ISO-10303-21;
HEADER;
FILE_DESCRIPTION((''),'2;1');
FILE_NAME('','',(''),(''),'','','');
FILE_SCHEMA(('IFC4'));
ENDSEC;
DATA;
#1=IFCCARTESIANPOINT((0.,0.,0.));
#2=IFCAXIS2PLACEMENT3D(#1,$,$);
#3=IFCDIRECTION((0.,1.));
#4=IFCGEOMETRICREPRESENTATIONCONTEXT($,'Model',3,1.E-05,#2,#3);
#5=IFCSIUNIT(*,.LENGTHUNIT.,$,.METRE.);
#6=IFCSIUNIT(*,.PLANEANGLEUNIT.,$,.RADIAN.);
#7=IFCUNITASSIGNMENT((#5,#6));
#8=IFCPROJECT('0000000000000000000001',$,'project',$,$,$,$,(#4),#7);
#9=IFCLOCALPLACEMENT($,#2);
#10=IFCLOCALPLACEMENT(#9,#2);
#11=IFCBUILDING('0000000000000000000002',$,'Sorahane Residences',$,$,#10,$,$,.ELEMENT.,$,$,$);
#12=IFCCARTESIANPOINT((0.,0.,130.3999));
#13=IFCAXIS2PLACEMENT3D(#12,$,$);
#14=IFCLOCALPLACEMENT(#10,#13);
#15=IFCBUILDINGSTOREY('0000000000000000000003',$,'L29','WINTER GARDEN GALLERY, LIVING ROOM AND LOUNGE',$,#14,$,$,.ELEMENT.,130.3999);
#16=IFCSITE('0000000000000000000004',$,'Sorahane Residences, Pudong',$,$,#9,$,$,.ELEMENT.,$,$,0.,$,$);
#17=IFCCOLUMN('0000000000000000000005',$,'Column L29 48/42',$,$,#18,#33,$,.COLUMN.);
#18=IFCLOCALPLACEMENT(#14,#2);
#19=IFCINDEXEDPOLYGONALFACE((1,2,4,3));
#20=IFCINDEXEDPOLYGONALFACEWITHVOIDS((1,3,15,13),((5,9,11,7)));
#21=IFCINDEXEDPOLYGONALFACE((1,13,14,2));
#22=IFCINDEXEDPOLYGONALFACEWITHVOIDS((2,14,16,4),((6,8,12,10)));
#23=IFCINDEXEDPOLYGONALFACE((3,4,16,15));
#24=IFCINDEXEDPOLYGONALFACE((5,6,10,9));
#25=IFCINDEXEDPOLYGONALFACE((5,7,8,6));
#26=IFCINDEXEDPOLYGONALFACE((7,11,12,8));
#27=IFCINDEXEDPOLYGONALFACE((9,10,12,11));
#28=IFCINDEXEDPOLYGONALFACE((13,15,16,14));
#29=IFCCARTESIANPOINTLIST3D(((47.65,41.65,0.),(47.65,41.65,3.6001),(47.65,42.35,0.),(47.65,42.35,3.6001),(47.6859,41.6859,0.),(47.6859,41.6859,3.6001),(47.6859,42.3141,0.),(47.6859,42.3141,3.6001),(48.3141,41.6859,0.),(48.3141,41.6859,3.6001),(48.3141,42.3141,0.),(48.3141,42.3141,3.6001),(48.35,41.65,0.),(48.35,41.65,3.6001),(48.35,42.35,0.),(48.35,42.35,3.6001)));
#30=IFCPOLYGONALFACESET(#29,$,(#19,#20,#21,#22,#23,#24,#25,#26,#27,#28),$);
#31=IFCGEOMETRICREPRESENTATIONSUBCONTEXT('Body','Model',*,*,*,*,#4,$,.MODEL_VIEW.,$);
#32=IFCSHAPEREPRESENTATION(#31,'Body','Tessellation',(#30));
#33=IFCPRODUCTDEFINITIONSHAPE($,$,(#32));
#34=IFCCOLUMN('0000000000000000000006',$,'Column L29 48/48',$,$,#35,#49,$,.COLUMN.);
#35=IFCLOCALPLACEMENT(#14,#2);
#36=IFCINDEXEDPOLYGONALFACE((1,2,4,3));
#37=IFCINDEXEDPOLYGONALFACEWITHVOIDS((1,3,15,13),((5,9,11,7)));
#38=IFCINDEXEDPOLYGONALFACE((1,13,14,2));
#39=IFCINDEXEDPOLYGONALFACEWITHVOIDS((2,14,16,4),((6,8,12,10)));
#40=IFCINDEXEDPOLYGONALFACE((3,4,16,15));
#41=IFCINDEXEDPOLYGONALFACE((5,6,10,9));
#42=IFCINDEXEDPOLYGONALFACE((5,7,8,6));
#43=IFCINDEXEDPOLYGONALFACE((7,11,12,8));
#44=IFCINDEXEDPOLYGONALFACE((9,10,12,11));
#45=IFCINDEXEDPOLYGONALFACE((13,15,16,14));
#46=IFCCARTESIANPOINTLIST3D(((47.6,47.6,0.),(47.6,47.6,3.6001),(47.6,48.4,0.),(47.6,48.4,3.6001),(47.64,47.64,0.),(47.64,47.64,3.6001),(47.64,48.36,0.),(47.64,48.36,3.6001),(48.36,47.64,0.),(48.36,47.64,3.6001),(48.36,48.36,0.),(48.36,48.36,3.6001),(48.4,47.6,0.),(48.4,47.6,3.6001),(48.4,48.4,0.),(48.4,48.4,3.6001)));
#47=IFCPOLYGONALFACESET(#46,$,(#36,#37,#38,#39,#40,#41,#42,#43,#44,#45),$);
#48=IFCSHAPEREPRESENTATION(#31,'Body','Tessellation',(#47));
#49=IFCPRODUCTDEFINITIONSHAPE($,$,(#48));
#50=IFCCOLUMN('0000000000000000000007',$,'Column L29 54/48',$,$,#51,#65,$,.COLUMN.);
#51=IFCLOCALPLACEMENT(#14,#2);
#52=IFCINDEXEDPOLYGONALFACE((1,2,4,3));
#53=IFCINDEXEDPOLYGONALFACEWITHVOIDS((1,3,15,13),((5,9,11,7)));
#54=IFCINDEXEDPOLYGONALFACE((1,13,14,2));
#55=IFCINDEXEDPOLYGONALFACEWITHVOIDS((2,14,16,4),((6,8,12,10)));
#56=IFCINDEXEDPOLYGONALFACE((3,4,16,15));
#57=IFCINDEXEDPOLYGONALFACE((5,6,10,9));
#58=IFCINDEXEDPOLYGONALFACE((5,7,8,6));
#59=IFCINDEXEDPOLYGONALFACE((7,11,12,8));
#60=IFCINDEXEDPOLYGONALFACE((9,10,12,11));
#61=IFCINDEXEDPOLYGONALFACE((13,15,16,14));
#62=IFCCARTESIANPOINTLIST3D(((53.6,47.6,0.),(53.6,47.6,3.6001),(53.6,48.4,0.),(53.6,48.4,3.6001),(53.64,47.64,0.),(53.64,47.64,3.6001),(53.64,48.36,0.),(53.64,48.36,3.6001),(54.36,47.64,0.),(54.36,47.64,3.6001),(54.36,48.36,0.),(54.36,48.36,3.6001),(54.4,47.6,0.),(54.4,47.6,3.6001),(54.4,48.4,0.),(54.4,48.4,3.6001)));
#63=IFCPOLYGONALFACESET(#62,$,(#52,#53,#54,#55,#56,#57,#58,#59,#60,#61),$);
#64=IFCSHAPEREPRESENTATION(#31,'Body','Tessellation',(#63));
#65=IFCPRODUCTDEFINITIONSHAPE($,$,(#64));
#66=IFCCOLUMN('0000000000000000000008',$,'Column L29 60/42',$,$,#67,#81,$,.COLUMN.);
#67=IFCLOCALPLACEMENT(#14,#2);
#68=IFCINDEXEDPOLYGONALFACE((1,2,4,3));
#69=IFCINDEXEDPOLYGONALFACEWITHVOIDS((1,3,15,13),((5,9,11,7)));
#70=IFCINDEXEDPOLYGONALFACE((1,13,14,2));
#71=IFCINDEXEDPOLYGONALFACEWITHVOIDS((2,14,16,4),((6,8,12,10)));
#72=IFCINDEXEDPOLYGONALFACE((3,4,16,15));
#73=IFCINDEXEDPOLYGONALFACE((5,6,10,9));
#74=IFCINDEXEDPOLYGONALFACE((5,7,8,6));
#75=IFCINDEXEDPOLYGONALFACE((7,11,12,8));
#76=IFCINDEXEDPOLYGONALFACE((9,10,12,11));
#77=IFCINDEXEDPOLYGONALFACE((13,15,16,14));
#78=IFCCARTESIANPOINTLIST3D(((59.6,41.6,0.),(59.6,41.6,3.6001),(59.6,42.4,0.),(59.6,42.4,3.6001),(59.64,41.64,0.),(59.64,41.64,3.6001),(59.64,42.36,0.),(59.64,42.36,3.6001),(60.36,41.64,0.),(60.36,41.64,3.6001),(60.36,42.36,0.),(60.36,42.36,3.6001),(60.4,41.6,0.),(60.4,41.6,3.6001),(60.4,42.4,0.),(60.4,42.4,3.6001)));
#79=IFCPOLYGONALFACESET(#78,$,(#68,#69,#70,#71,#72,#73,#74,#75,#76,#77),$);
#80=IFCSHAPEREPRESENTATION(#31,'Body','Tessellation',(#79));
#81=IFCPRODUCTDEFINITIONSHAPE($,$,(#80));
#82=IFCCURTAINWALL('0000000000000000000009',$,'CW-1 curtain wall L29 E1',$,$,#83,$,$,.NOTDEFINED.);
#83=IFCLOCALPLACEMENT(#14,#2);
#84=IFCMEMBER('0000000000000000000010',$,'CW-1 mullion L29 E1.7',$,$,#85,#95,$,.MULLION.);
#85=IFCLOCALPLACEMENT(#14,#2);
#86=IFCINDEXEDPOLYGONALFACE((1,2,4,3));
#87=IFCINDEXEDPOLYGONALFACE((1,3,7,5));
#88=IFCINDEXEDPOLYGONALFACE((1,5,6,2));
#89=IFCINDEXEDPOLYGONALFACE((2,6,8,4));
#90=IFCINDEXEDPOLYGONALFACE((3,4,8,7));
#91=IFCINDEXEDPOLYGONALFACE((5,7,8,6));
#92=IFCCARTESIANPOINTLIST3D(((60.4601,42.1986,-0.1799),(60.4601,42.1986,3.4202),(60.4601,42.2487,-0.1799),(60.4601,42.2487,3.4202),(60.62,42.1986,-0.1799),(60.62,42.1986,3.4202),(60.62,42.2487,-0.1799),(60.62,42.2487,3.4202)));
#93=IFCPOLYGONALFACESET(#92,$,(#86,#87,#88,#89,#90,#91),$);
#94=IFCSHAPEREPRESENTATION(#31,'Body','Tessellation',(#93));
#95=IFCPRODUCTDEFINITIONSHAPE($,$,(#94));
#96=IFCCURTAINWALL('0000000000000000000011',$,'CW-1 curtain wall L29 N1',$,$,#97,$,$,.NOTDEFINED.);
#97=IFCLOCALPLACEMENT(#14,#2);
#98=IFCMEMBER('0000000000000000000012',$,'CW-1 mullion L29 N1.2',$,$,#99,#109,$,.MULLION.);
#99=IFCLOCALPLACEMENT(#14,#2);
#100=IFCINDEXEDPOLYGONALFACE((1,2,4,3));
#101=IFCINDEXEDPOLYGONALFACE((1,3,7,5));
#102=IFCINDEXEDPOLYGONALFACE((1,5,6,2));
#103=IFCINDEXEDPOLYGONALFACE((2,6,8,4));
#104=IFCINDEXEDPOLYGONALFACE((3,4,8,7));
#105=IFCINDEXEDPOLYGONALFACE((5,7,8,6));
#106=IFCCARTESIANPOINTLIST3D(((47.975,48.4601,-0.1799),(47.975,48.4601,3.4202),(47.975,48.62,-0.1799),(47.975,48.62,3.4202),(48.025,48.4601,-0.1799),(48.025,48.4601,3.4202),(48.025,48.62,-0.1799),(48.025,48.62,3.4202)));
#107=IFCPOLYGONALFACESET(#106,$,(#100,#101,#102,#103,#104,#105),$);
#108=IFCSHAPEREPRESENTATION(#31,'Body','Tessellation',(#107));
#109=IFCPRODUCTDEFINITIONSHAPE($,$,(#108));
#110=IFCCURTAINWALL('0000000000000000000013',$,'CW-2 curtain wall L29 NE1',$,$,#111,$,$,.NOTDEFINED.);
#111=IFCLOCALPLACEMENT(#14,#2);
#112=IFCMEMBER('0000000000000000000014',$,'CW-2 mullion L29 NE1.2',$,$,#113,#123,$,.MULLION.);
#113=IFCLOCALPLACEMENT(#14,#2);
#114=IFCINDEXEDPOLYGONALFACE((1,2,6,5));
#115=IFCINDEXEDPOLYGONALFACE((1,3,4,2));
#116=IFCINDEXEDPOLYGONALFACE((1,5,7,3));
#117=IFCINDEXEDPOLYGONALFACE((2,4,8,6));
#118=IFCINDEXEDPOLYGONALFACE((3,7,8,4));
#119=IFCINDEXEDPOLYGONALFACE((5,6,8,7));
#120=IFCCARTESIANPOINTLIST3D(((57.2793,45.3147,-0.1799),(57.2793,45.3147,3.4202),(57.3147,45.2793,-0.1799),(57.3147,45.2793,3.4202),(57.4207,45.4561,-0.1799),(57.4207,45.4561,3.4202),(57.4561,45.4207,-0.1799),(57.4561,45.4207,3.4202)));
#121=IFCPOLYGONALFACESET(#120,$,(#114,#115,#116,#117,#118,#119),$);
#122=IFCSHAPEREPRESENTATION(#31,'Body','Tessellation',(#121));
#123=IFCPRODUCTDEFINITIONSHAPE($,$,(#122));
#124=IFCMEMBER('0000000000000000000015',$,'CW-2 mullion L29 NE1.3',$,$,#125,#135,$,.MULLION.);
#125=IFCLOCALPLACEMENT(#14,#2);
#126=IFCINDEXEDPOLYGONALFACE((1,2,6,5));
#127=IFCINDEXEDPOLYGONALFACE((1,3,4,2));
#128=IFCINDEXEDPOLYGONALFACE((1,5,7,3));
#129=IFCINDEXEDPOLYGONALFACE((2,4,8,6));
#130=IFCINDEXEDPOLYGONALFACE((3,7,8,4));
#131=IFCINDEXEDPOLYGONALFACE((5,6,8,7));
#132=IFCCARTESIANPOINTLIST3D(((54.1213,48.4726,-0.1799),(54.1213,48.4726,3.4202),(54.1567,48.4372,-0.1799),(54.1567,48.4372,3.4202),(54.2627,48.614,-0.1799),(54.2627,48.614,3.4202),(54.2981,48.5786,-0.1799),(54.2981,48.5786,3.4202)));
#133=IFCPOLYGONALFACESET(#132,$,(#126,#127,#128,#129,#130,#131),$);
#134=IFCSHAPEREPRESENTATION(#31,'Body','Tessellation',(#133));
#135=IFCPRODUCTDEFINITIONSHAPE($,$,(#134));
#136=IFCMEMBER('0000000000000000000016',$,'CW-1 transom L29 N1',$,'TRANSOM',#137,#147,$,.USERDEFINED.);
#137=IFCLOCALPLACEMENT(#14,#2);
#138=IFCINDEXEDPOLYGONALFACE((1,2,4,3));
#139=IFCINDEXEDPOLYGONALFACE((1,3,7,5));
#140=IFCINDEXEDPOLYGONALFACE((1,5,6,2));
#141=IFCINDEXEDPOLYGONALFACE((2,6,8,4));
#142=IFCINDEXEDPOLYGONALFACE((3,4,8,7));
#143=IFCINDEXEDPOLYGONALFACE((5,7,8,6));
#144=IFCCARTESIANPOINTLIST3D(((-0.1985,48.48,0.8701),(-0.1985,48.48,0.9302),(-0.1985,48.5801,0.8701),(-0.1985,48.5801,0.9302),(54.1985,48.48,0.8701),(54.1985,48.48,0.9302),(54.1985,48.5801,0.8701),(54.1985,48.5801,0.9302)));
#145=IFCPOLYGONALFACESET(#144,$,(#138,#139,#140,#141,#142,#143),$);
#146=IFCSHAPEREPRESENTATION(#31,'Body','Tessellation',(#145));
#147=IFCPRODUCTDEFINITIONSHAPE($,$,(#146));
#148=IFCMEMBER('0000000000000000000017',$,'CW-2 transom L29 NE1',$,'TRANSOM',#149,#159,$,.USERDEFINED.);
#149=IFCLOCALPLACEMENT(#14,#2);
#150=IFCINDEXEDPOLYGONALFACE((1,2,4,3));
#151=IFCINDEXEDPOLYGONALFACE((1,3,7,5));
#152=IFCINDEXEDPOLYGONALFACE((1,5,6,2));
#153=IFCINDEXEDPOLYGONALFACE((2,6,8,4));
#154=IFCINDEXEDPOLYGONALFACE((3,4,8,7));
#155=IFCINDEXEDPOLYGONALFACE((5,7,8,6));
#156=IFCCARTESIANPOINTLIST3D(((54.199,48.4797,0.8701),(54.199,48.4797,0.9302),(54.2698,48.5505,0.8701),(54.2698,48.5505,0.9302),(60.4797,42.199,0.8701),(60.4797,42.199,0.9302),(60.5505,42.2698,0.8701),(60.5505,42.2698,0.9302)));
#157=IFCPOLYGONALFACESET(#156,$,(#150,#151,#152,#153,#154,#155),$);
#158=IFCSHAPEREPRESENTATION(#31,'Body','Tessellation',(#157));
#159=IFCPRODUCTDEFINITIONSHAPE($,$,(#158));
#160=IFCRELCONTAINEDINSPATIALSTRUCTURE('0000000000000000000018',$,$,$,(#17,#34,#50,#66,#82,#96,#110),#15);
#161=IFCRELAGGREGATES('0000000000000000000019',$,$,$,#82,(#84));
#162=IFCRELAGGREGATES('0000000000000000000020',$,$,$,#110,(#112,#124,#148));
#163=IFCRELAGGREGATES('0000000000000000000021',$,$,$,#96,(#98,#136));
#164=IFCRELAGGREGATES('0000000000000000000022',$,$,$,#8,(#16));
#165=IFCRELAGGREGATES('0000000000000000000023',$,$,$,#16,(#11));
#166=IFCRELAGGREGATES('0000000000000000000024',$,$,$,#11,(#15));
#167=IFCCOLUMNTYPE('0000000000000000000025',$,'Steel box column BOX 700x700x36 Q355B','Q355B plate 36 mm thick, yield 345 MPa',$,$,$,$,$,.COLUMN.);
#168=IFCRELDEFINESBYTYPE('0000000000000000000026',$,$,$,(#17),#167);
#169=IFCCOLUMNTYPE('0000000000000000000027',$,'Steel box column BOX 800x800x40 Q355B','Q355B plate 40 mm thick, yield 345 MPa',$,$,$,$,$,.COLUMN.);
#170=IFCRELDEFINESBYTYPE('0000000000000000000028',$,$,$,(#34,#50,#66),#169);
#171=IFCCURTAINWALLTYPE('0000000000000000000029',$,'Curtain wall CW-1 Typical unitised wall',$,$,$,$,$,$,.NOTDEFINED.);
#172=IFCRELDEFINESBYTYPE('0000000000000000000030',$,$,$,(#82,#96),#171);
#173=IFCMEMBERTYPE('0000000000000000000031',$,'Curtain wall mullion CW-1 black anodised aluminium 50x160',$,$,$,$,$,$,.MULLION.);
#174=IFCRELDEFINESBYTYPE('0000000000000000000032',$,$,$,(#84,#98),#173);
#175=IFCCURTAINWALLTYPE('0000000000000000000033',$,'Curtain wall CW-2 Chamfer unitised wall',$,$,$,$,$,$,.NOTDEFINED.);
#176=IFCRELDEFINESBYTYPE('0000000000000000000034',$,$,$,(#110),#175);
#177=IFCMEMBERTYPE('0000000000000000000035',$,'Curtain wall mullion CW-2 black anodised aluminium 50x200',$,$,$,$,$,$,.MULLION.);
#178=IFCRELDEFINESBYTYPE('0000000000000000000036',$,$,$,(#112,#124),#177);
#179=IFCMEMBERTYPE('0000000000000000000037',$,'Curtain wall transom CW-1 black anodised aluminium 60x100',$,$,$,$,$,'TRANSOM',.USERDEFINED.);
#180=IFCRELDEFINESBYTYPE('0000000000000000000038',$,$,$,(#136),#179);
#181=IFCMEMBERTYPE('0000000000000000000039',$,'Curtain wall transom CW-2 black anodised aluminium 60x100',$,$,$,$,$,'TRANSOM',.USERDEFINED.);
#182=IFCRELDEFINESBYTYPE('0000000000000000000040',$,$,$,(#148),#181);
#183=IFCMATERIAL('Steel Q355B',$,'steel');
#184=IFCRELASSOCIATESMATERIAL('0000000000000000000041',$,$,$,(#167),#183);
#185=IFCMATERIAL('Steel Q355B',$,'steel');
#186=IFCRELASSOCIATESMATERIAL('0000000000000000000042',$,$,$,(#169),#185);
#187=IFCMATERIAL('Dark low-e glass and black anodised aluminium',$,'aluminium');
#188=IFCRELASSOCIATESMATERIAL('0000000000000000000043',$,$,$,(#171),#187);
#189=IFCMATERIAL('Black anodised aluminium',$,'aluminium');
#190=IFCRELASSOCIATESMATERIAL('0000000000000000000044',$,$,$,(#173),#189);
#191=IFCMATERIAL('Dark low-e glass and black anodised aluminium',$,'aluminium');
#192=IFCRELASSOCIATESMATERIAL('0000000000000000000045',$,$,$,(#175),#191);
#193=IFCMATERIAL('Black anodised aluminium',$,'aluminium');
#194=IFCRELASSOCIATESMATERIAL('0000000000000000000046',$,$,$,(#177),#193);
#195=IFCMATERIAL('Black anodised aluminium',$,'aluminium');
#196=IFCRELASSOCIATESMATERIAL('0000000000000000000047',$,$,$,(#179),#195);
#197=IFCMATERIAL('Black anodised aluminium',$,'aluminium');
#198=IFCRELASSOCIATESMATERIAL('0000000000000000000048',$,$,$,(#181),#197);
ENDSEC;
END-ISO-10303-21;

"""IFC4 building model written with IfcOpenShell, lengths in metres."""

from ifc_helpers import new_model, si_unit, direction, frame, origin, origin_2d, place, context, subcontext, project, spatial, rectangle, hollow_rectangle, extrude, material, material_profile, profile_set, type_object, element, aggregate, save


model = new_model("IFC4")

# Units and contexts
model_context = context("Model", 3, precision=1e-05, world=origin(), true_north=direction((0.0, 1.0)))
body_context = subcontext(model_context, "Body", "Model", "MODEL_VIEW")
ifc_project = project(units=[si_unit("LENGTHUNIT", "METRE"), si_unit("PLANEANGLEUNIT", "RADIAN")], contexts=[model_context])

# Site, building, storey
site_placement = place(None, origin())
site = spatial("IfcSite", under=ifc_project, at=site_placement, Name="Sorahane Residences, Pudong", CompositionType="ELEMENT", RefElevation=0.0)
building_placement = place(site_placement, origin())
building = spatial("IfcBuilding", under=site, at=building_placement, Name="Sorahane Residences", CompositionType="ELEMENT")
storey_placement = place(building_placement, frame((0.0, 0.0, 130.3999)))
storey = spatial("IfcBuildingStorey", under=building, at=storey_placement, Name="L29", Description="WINTER GARDEN GALLERY, LIVING ROOM AND LOUNGE", CompositionType="ELEMENT", Elevation=130.3999)

# Columns
ifc_material_1 = material(Name="Steel Q355B", Category="steel")
ifc_material_profile_1 = material_profile(ifc_material_1, hollow_rectangle(XDim=0.7, YDim=0.7, WallThickness=0.0359, at=origin_2d()), Name="BOX 700x700x36")
ifc_profile_set_1 = profile_set([ifc_material_profile_1], Name="Steel Q355B")
column_type_1 = type_object("IfcColumnType", Name="Steel box column BOX 700x700x36 Q355B", Description="Q355B plate 36 mm thick, yield 345 MPa", PredefinedType="COLUMN", material=ifc_profile_set_1)
column_placement = place(storey_placement, frame((48.0, 42.0, 0.0), z_axis=(0.0, 0.0, 1.0), x_axis=(1.0, 0.0, 0.0)))
element("IfcColumn", 1, at=column_placement, inside=storey, type_object=column_type_1, Name="Column L29 48/42", PredefinedType="COLUMN", context=body_context, shape_type="SweptSolid", body=[
    extrude(hollow_rectangle(XDim=0.7, YDim=0.7, WallThickness=0.0359, at=origin_2d()), origin(), (0.0, 0.0, 1.0), 3.6001),
])
ifc_material_2 = material(Name="Steel Q355B", Category="steel")
ifc_material_profile_2 = material_profile(ifc_material_2, hollow_rectangle(XDim=0.8, YDim=0.8, WallThickness=0.04, at=origin_2d()), Name="BOX 800x800x40")
ifc_profile_set_2 = profile_set([ifc_material_profile_2], Name="Steel Q355B")
column_type_2 = type_object("IfcColumnType", Name="Steel box column BOX 800x800x40 Q355B", Description="Q355B plate 40 mm thick, yield 345 MPa", PredefinedType="COLUMN", material=ifc_profile_set_2)
for number, where, z_axis, x_axis, name in (
    (2, (48.0, 48.0, 0.0), (0.0, 0.0, 1.0), (1.0, 0.0, 0.0), "Column L29 48/48"),
    (3, (54.0, 48.0, 0.0), (0.0, 0.0, 1.0), (1.0, 0.0, 0.0), "Column L29 54/48"),
    (4, (60.0, 42.0, 0.0), (0.0, 0.0, 1.0), (1.0, 0.0, 0.0), "Column L29 60/42"),
):
    element("IfcColumn", number, at=place(storey_placement, frame(where, z_axis=z_axis, x_axis=x_axis)), inside=storey, type_object=column_type_2, Name=name, PredefinedType="COLUMN", context=body_context, shape_type="SweptSolid", body=[
        extrude(hollow_rectangle(XDim=0.8, YDim=0.8, WallThickness=0.04, at=origin_2d()), origin(), (0.0, 0.0, 1.0), 3.6001),
    ])

# Curtain walls, members
ifc_material_3 = material(Name="Dark low-e glass and black anodised aluminium", Category="aluminium")
curtain_wall_type_1 = type_object("IfcCurtainWallType", Name="Curtain wall CW-1 Typical unitised wall", PredefinedType="NOTDEFINED", material=ifc_material_3)
curtain_wall_1_placement = place(storey_placement, origin())
curtain_wall_1 = element("IfcCurtainWall", 5, at=curtain_wall_1_placement, inside=storey, type_object=curtain_wall_type_1, Name="CW-1 curtain wall L29 E1", PredefinedType="NOTDEFINED")
ifc_material_4 = material(Name="Black anodised aluminium", Category="aluminium")
ifc_material_profile_3 = material_profile(ifc_material_4, rectangle(XDim=0.1599, YDim=0.05, at=origin_2d()), Name="Curtain wall mullion CW-1 black anodised aluminium 50x160")
ifc_profile_set_3 = profile_set([ifc_material_profile_3], Name="Black anodised aluminium")
member_type_1 = type_object("IfcMemberType", Name="Curtain wall mullion CW-1 black anodised aluminium 50x160", PredefinedType="MULLION", material=ifc_profile_set_3)
member_1_placement = place(storey_placement, frame((60.54, 42.2236, -0.1799), z_axis=(0.0, 0.0, 1.0), x_axis=(1.0, 0.0, 0.0)))
member_1 = element("IfcMember", 6, at=member_1_placement, type_object=member_type_1, Name="CW-1 mullion L29 E1.7", PredefinedType="MULLION", context=body_context, shape_type="SweptSolid", body=[
    extrude(rectangle(XDim=0.1599, YDim=0.05, at=origin_2d()), origin(), (0.0, 0.0, 1.0), 3.6001),
])
curtain_wall_2_placement = place(storey_placement, origin())
curtain_wall_2 = element("IfcCurtainWall", 7, at=curtain_wall_2_placement, inside=storey, type_object=curtain_wall_type_1, Name="CW-1 curtain wall L29 N1", PredefinedType="NOTDEFINED")
member_2_placement = place(storey_placement, frame((48.0, 48.54, -0.1799), z_axis=(0.0, 0.0, 1.0), x_axis=(0.0, 1.0, 0.0)))
member_2 = element("IfcMember", 8, at=member_2_placement, type_object=member_type_1, Name="CW-1 mullion L29 N1.2", PredefinedType="MULLION", context=body_context, shape_type="SweptSolid", body=[
    extrude(rectangle(XDim=0.1599, YDim=0.05, at=origin_2d()), origin(), (0.0, 0.0, 1.0), 3.6001),
])

# Curtain wall, members
ifc_material_5 = material(Name="Dark low-e glass and black anodised aluminium", Category="aluminium")
curtain_wall_type_2 = type_object("IfcCurtainWallType", Name="Curtain wall CW-2 Chamfer unitised wall", PredefinedType="NOTDEFINED", material=ifc_material_5)
curtain_wall_3_placement = place(storey_placement, origin())
curtain_wall_3 = element("IfcCurtainWall", 9, at=curtain_wall_3_placement, inside=storey, type_object=curtain_wall_type_2, Name="CW-2 curtain wall L29 NE1", PredefinedType="NOTDEFINED")
ifc_material_6 = material(Name="Black anodised aluminium", Category="aluminium")
ifc_material_profile_4 = material_profile(ifc_material_6, rectangle(XDim=0.2, YDim=0.05, at=origin_2d()), Name="Curtain wall mullion CW-2 black anodised aluminium 50x200")
ifc_profile_set_4 = profile_set([ifc_material_profile_4], Name="Black anodised aluminium")
member_type_2 = type_object("IfcMemberType", Name="Curtain wall mullion CW-2 black anodised aluminium 50x200", PredefinedType="MULLION", material=ifc_profile_set_4)
member_3_placement = place(storey_placement, frame((57.3677, 45.3677, -0.1799), z_axis=(0.0, 0.0, 1.0), x_axis=(0.707107, 0.707107, 0.0)))
member_3 = element("IfcMember", 10, at=member_3_placement, type_object=member_type_2, Name="CW-2 mullion L29 NE1.2", PredefinedType="MULLION", context=body_context, shape_type="SweptSolid", body=[
    extrude(rectangle(XDim=0.2, YDim=0.05, at=origin_2d()), origin(), (0.0, 0.0, 1.0), 3.6001),
])
member_4_placement = place(storey_placement, frame((54.2097, 48.5256, -0.1799), z_axis=(0.0, 0.0, 1.0), x_axis=(0.707107, 0.707107, 0.0)))
member_4 = element("IfcMember", 11, at=member_4_placement, type_object=member_type_2, Name="CW-2 mullion L29 NE1.3", PredefinedType="MULLION", context=body_context, shape_type="SweptSolid", body=[
    extrude(rectangle(XDim=0.2, YDim=0.05, at=origin_2d()), origin(), (0.0, 0.0, 1.0), 3.6001),
])

# Members
ifc_material_7 = material(Name="Black anodised aluminium", Category="aluminium")
ifc_material_profile_5 = material_profile(ifc_material_7, rectangle(XDim=0.1001, YDim=0.0601, at=origin_2d()), Name="Curtain wall transom CW-1 black anodised aluminium 60x100")
ifc_profile_set_5 = profile_set([ifc_material_profile_5], Name="Black anodised aluminium")
member_type_3 = type_object("IfcMemberType", Name="Curtain wall transom CW-1 black anodised aluminium 60x100", ElementType="TRANSOM", PredefinedType="USERDEFINED", material=ifc_profile_set_5)
member_5_placement = place(storey_placement, frame((54.1985, 48.53, 0.9001), z_axis=(-1.0, 0.0, 0.0), x_axis=(0.0, -1.0, 0.0)))
member_5 = element("IfcMember", 12, at=member_5_placement, type_object=member_type_3, Name="CW-1 transom L29 N1", ObjectType="TRANSOM", PredefinedType="USERDEFINED", context=body_context, shape_type="SweptSolid", body=[
    extrude(rectangle(XDim=0.1001, YDim=0.0601, at=origin_2d()), origin(), (0.0, 0.0, 1.0), 54.397),
])
ifc_material_8 = material(Name="Black anodised aluminium", Category="aluminium")
ifc_material_profile_6 = material_profile(ifc_material_8, rectangle(XDim=0.1001, YDim=0.0601, at=origin_2d()), Name="Curtain wall transom CW-2 black anodised aluminium 60x100")
ifc_profile_set_6 = profile_set([ifc_material_profile_6], Name="Black anodised aluminium")
member_type_4 = type_object("IfcMemberType", Name="Curtain wall transom CW-2 black anodised aluminium 60x100", ElementType="TRANSOM", PredefinedType="USERDEFINED", material=ifc_profile_set_6)
member_6_placement = place(storey_placement, frame((60.5151, 42.2344, 0.9001), z_axis=(-0.707107, 0.707107, 0.0), x_axis=(-0.707107, -0.707107, 0.0)))
member_6 = element("IfcMember", 13, at=member_6_placement, type_object=member_type_4, Name="CW-2 transom L29 NE1", ObjectType="TRANSOM", PredefinedType="USERDEFINED", context=body_context, shape_type="SweptSolid", body=[
    extrude(rectangle(XDim=0.1001, YDim=0.0601, at=origin_2d()), origin(), (0.0, 0.0, 1.0), 8.8823),
])

aggregate(curtain_wall_1, [member_1])
aggregate(curtain_wall_3, [member_3, member_4, member_6])
aggregate(curtain_wall_2, [member_2, member_5])

save(model, "model.ifc")
